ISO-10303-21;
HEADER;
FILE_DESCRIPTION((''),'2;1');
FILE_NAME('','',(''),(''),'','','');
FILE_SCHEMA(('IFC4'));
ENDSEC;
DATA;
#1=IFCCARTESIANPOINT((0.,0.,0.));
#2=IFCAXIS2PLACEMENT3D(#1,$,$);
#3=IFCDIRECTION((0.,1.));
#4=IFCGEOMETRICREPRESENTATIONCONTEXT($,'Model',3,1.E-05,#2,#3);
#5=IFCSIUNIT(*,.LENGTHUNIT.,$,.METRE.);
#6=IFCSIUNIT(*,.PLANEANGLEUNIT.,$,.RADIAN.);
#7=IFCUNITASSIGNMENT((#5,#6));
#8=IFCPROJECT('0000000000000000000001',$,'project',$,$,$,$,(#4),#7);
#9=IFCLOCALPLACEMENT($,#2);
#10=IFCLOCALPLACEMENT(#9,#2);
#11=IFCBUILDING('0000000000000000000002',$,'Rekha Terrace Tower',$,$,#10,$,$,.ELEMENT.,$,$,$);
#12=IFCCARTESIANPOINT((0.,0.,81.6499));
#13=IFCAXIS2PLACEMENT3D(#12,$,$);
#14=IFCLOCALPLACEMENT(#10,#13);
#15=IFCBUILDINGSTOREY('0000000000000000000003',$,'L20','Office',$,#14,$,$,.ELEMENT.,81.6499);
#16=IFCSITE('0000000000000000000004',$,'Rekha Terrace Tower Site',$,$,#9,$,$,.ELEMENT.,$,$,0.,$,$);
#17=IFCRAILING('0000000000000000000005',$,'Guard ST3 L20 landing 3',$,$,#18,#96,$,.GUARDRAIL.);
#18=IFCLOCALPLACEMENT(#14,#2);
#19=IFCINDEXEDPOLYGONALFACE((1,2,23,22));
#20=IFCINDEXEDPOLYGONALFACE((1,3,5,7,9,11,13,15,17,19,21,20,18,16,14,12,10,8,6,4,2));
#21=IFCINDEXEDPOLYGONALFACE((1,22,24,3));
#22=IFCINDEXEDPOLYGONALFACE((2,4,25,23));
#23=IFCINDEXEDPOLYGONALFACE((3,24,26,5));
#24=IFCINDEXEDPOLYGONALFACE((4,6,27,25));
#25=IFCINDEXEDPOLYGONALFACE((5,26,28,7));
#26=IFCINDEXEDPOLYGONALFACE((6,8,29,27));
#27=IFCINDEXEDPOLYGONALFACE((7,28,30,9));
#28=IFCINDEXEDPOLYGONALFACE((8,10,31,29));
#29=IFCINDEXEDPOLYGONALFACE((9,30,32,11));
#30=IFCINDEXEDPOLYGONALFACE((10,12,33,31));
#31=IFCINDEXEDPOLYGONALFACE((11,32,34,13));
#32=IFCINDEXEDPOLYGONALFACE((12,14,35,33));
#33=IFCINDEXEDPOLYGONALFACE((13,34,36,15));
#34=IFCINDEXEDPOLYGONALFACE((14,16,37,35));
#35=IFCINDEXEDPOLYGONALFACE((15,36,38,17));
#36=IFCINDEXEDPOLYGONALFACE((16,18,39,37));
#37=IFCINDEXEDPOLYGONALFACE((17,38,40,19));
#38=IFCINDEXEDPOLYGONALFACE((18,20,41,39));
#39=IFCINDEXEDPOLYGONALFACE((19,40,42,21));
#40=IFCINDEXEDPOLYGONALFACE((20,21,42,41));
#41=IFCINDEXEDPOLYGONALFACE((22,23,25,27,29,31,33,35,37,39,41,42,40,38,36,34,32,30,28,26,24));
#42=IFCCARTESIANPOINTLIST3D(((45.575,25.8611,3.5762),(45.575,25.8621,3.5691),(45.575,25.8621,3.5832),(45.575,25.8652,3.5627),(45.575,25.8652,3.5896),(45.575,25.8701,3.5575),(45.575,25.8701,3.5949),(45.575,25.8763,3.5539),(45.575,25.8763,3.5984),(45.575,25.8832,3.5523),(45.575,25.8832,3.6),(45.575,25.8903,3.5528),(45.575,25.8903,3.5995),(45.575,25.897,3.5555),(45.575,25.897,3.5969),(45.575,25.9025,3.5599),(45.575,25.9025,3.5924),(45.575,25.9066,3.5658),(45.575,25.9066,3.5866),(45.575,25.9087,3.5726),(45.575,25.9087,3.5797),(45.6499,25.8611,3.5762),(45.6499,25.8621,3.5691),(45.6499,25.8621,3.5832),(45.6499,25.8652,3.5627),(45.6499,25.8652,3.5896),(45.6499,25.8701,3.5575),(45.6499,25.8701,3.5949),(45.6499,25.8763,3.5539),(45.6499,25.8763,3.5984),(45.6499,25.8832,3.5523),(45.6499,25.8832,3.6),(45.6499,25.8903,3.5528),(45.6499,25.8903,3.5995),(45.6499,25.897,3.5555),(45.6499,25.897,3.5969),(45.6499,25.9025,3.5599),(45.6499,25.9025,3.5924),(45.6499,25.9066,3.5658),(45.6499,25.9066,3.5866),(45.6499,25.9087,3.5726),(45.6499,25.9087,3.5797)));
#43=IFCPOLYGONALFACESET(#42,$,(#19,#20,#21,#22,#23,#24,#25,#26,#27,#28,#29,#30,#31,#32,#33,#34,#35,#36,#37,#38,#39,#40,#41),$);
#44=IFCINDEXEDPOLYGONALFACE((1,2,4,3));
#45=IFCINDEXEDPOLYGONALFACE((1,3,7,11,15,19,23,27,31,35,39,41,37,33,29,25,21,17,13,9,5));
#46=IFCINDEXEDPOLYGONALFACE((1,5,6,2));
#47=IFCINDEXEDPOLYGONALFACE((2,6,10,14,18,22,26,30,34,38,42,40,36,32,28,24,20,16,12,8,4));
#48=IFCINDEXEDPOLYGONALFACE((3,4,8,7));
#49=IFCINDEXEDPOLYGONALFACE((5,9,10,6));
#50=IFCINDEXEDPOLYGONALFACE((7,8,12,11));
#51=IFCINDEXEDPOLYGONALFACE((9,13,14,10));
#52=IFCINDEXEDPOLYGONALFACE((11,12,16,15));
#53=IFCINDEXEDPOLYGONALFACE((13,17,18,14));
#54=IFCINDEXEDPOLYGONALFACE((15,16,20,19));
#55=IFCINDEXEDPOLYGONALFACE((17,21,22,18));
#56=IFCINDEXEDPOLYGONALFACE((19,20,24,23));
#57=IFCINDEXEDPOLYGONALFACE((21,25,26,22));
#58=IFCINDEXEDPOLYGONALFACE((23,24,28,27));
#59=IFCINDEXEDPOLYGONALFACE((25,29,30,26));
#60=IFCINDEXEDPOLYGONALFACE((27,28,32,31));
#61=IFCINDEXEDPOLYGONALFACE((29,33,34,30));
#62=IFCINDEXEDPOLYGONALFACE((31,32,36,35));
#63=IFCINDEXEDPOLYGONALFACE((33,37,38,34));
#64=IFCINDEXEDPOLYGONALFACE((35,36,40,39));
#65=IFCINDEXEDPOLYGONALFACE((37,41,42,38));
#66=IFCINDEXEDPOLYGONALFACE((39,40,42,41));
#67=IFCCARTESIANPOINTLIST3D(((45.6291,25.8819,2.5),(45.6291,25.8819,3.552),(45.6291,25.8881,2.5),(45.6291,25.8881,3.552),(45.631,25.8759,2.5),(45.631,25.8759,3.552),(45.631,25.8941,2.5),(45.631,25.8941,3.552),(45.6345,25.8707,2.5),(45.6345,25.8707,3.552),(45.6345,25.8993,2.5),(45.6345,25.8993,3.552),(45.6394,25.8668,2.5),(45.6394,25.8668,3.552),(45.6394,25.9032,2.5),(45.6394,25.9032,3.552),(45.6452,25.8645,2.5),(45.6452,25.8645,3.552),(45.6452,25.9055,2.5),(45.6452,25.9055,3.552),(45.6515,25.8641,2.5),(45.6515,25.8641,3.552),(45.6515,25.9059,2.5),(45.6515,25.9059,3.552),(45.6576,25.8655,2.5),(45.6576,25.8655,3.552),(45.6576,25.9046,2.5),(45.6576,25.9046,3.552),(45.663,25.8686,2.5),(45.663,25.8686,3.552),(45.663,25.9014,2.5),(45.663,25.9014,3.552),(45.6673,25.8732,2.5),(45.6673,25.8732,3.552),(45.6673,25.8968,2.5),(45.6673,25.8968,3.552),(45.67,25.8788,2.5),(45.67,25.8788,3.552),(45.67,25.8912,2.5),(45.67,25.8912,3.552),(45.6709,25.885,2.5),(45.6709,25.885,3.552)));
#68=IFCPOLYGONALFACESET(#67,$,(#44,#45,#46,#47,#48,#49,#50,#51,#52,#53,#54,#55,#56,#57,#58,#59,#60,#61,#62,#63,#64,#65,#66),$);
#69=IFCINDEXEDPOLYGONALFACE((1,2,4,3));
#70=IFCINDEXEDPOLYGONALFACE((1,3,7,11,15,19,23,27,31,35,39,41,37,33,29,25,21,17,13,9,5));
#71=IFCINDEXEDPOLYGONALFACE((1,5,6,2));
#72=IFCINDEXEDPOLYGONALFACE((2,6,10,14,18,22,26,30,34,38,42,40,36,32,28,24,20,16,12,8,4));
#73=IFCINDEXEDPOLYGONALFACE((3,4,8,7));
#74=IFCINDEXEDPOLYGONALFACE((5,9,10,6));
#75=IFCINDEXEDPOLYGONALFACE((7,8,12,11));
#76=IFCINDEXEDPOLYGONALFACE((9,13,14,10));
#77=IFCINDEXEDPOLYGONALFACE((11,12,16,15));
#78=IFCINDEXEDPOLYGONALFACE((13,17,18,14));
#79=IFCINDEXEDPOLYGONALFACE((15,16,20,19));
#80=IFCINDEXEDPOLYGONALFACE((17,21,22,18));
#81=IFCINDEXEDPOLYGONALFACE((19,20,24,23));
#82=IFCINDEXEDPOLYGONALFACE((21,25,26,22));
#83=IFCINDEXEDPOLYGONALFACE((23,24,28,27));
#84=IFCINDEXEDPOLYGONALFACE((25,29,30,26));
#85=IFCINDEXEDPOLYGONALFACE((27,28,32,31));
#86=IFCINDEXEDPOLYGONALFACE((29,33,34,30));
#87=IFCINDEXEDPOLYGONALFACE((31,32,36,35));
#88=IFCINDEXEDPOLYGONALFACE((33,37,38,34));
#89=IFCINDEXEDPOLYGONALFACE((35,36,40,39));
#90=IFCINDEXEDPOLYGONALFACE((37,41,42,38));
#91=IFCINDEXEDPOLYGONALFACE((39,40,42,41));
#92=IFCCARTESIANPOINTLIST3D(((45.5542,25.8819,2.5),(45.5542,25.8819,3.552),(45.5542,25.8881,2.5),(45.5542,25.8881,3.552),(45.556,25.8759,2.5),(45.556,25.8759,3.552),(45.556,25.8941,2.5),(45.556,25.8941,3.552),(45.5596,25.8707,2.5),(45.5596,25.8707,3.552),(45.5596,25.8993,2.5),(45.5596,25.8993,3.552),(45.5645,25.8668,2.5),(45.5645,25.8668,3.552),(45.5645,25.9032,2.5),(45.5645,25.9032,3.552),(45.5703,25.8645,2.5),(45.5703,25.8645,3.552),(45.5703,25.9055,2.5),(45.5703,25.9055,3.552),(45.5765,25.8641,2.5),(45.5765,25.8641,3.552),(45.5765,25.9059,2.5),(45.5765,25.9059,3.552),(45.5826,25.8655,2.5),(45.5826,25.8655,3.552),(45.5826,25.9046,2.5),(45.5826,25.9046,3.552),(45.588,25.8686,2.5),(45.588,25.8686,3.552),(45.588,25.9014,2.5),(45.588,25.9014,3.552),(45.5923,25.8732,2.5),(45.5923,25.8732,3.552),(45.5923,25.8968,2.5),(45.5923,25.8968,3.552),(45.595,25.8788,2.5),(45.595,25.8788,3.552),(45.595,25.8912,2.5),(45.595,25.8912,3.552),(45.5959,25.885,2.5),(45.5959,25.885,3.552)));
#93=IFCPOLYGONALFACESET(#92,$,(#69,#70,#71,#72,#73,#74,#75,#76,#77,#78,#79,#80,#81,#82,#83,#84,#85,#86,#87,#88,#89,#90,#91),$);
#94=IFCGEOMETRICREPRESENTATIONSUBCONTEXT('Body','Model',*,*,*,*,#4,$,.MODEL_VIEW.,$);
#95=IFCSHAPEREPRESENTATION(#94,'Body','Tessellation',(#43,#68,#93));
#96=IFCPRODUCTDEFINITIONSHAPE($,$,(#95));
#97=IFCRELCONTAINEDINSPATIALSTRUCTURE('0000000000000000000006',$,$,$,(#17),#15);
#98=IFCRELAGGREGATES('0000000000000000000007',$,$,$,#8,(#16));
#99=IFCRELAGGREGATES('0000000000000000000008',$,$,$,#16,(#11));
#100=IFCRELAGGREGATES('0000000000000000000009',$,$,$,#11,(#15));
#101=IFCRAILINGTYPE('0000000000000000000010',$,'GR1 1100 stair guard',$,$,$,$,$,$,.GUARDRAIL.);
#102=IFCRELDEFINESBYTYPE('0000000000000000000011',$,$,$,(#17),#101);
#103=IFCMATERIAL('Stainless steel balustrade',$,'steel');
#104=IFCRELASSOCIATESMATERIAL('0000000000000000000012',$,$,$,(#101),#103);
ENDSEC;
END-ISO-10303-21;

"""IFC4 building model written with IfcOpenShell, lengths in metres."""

from ifc_helpers import new_model, si_unit, direction, frame, origin, origin_2d, place, context, subcontext, project, spatial, circle, extrude, material, type_object, element, save


model = new_model("IFC4")

# Units and contexts
model_context = context("Model", 3, precision=1e-05, world=origin(), true_north=direction((0.0, 1.0)))
body_context = subcontext(model_context, "Body", "Model", "MODEL_VIEW")
ifc_project = project(units=[si_unit("LENGTHUNIT", "METRE"), si_unit("PLANEANGLEUNIT", "RADIAN")], contexts=[model_context])

# Site, building, storey
site_placement = place(None, origin())
site = spatial("IfcSite", under=ifc_project, at=site_placement, Name="Rekha Terrace Tower Site", CompositionType="ELEMENT", RefElevation=0.0)
building_placement = place(site_placement, origin())
building = spatial("IfcBuilding", under=site, at=building_placement, Name="Rekha Terrace Tower", CompositionType="ELEMENT")
storey_placement = place(building_placement, frame((0.0, 0.0, 81.6499)))
storey = spatial("IfcBuildingStorey", under=building, at=storey_placement, Name="L20", Description="Office", CompositionType="ELEMENT", Elevation=81.6499)

# Railing
ifc_material_1 = material(Name="Stainless steel balustrade", Category="steel")
railing_type_1 = type_object("IfcRailingType", Name="GR1 1100 stair guard", PredefinedType="GUARDRAIL", material=ifc_material_1)
railing_1_placement = place(storey_placement, frame((45.6499, 25.885, 2.5)))
element("IfcRailing", 1, at=railing_1_placement, inside=storey, type_object=railing_type_1, Name="Guard ST3 L20 landing 3", PredefinedType="GUARDRAIL", context=body_context, shape_type="SweptSolid", body=[
    extrude(circle(Radius=0.0239, at=origin_2d()), frame((0.0, 0.0, 1.0762), z_axis=(-1.0, 0.0, 0.0), x_axis=(0.0, -1.0, 0.0)), (0.0, 0.0, 1.0), 0.075),
    extrude(circle(Radius=0.021, at=origin_2d()), origin(), (0.0, 0.0, 1.0), 1.052),
    extrude(circle(Radius=0.021, at=origin_2d()), frame((-0.075, 0.0, 0.0)), (0.0, 0.0, 1.0), 1.052),
])

save(model, "model.ifc")
